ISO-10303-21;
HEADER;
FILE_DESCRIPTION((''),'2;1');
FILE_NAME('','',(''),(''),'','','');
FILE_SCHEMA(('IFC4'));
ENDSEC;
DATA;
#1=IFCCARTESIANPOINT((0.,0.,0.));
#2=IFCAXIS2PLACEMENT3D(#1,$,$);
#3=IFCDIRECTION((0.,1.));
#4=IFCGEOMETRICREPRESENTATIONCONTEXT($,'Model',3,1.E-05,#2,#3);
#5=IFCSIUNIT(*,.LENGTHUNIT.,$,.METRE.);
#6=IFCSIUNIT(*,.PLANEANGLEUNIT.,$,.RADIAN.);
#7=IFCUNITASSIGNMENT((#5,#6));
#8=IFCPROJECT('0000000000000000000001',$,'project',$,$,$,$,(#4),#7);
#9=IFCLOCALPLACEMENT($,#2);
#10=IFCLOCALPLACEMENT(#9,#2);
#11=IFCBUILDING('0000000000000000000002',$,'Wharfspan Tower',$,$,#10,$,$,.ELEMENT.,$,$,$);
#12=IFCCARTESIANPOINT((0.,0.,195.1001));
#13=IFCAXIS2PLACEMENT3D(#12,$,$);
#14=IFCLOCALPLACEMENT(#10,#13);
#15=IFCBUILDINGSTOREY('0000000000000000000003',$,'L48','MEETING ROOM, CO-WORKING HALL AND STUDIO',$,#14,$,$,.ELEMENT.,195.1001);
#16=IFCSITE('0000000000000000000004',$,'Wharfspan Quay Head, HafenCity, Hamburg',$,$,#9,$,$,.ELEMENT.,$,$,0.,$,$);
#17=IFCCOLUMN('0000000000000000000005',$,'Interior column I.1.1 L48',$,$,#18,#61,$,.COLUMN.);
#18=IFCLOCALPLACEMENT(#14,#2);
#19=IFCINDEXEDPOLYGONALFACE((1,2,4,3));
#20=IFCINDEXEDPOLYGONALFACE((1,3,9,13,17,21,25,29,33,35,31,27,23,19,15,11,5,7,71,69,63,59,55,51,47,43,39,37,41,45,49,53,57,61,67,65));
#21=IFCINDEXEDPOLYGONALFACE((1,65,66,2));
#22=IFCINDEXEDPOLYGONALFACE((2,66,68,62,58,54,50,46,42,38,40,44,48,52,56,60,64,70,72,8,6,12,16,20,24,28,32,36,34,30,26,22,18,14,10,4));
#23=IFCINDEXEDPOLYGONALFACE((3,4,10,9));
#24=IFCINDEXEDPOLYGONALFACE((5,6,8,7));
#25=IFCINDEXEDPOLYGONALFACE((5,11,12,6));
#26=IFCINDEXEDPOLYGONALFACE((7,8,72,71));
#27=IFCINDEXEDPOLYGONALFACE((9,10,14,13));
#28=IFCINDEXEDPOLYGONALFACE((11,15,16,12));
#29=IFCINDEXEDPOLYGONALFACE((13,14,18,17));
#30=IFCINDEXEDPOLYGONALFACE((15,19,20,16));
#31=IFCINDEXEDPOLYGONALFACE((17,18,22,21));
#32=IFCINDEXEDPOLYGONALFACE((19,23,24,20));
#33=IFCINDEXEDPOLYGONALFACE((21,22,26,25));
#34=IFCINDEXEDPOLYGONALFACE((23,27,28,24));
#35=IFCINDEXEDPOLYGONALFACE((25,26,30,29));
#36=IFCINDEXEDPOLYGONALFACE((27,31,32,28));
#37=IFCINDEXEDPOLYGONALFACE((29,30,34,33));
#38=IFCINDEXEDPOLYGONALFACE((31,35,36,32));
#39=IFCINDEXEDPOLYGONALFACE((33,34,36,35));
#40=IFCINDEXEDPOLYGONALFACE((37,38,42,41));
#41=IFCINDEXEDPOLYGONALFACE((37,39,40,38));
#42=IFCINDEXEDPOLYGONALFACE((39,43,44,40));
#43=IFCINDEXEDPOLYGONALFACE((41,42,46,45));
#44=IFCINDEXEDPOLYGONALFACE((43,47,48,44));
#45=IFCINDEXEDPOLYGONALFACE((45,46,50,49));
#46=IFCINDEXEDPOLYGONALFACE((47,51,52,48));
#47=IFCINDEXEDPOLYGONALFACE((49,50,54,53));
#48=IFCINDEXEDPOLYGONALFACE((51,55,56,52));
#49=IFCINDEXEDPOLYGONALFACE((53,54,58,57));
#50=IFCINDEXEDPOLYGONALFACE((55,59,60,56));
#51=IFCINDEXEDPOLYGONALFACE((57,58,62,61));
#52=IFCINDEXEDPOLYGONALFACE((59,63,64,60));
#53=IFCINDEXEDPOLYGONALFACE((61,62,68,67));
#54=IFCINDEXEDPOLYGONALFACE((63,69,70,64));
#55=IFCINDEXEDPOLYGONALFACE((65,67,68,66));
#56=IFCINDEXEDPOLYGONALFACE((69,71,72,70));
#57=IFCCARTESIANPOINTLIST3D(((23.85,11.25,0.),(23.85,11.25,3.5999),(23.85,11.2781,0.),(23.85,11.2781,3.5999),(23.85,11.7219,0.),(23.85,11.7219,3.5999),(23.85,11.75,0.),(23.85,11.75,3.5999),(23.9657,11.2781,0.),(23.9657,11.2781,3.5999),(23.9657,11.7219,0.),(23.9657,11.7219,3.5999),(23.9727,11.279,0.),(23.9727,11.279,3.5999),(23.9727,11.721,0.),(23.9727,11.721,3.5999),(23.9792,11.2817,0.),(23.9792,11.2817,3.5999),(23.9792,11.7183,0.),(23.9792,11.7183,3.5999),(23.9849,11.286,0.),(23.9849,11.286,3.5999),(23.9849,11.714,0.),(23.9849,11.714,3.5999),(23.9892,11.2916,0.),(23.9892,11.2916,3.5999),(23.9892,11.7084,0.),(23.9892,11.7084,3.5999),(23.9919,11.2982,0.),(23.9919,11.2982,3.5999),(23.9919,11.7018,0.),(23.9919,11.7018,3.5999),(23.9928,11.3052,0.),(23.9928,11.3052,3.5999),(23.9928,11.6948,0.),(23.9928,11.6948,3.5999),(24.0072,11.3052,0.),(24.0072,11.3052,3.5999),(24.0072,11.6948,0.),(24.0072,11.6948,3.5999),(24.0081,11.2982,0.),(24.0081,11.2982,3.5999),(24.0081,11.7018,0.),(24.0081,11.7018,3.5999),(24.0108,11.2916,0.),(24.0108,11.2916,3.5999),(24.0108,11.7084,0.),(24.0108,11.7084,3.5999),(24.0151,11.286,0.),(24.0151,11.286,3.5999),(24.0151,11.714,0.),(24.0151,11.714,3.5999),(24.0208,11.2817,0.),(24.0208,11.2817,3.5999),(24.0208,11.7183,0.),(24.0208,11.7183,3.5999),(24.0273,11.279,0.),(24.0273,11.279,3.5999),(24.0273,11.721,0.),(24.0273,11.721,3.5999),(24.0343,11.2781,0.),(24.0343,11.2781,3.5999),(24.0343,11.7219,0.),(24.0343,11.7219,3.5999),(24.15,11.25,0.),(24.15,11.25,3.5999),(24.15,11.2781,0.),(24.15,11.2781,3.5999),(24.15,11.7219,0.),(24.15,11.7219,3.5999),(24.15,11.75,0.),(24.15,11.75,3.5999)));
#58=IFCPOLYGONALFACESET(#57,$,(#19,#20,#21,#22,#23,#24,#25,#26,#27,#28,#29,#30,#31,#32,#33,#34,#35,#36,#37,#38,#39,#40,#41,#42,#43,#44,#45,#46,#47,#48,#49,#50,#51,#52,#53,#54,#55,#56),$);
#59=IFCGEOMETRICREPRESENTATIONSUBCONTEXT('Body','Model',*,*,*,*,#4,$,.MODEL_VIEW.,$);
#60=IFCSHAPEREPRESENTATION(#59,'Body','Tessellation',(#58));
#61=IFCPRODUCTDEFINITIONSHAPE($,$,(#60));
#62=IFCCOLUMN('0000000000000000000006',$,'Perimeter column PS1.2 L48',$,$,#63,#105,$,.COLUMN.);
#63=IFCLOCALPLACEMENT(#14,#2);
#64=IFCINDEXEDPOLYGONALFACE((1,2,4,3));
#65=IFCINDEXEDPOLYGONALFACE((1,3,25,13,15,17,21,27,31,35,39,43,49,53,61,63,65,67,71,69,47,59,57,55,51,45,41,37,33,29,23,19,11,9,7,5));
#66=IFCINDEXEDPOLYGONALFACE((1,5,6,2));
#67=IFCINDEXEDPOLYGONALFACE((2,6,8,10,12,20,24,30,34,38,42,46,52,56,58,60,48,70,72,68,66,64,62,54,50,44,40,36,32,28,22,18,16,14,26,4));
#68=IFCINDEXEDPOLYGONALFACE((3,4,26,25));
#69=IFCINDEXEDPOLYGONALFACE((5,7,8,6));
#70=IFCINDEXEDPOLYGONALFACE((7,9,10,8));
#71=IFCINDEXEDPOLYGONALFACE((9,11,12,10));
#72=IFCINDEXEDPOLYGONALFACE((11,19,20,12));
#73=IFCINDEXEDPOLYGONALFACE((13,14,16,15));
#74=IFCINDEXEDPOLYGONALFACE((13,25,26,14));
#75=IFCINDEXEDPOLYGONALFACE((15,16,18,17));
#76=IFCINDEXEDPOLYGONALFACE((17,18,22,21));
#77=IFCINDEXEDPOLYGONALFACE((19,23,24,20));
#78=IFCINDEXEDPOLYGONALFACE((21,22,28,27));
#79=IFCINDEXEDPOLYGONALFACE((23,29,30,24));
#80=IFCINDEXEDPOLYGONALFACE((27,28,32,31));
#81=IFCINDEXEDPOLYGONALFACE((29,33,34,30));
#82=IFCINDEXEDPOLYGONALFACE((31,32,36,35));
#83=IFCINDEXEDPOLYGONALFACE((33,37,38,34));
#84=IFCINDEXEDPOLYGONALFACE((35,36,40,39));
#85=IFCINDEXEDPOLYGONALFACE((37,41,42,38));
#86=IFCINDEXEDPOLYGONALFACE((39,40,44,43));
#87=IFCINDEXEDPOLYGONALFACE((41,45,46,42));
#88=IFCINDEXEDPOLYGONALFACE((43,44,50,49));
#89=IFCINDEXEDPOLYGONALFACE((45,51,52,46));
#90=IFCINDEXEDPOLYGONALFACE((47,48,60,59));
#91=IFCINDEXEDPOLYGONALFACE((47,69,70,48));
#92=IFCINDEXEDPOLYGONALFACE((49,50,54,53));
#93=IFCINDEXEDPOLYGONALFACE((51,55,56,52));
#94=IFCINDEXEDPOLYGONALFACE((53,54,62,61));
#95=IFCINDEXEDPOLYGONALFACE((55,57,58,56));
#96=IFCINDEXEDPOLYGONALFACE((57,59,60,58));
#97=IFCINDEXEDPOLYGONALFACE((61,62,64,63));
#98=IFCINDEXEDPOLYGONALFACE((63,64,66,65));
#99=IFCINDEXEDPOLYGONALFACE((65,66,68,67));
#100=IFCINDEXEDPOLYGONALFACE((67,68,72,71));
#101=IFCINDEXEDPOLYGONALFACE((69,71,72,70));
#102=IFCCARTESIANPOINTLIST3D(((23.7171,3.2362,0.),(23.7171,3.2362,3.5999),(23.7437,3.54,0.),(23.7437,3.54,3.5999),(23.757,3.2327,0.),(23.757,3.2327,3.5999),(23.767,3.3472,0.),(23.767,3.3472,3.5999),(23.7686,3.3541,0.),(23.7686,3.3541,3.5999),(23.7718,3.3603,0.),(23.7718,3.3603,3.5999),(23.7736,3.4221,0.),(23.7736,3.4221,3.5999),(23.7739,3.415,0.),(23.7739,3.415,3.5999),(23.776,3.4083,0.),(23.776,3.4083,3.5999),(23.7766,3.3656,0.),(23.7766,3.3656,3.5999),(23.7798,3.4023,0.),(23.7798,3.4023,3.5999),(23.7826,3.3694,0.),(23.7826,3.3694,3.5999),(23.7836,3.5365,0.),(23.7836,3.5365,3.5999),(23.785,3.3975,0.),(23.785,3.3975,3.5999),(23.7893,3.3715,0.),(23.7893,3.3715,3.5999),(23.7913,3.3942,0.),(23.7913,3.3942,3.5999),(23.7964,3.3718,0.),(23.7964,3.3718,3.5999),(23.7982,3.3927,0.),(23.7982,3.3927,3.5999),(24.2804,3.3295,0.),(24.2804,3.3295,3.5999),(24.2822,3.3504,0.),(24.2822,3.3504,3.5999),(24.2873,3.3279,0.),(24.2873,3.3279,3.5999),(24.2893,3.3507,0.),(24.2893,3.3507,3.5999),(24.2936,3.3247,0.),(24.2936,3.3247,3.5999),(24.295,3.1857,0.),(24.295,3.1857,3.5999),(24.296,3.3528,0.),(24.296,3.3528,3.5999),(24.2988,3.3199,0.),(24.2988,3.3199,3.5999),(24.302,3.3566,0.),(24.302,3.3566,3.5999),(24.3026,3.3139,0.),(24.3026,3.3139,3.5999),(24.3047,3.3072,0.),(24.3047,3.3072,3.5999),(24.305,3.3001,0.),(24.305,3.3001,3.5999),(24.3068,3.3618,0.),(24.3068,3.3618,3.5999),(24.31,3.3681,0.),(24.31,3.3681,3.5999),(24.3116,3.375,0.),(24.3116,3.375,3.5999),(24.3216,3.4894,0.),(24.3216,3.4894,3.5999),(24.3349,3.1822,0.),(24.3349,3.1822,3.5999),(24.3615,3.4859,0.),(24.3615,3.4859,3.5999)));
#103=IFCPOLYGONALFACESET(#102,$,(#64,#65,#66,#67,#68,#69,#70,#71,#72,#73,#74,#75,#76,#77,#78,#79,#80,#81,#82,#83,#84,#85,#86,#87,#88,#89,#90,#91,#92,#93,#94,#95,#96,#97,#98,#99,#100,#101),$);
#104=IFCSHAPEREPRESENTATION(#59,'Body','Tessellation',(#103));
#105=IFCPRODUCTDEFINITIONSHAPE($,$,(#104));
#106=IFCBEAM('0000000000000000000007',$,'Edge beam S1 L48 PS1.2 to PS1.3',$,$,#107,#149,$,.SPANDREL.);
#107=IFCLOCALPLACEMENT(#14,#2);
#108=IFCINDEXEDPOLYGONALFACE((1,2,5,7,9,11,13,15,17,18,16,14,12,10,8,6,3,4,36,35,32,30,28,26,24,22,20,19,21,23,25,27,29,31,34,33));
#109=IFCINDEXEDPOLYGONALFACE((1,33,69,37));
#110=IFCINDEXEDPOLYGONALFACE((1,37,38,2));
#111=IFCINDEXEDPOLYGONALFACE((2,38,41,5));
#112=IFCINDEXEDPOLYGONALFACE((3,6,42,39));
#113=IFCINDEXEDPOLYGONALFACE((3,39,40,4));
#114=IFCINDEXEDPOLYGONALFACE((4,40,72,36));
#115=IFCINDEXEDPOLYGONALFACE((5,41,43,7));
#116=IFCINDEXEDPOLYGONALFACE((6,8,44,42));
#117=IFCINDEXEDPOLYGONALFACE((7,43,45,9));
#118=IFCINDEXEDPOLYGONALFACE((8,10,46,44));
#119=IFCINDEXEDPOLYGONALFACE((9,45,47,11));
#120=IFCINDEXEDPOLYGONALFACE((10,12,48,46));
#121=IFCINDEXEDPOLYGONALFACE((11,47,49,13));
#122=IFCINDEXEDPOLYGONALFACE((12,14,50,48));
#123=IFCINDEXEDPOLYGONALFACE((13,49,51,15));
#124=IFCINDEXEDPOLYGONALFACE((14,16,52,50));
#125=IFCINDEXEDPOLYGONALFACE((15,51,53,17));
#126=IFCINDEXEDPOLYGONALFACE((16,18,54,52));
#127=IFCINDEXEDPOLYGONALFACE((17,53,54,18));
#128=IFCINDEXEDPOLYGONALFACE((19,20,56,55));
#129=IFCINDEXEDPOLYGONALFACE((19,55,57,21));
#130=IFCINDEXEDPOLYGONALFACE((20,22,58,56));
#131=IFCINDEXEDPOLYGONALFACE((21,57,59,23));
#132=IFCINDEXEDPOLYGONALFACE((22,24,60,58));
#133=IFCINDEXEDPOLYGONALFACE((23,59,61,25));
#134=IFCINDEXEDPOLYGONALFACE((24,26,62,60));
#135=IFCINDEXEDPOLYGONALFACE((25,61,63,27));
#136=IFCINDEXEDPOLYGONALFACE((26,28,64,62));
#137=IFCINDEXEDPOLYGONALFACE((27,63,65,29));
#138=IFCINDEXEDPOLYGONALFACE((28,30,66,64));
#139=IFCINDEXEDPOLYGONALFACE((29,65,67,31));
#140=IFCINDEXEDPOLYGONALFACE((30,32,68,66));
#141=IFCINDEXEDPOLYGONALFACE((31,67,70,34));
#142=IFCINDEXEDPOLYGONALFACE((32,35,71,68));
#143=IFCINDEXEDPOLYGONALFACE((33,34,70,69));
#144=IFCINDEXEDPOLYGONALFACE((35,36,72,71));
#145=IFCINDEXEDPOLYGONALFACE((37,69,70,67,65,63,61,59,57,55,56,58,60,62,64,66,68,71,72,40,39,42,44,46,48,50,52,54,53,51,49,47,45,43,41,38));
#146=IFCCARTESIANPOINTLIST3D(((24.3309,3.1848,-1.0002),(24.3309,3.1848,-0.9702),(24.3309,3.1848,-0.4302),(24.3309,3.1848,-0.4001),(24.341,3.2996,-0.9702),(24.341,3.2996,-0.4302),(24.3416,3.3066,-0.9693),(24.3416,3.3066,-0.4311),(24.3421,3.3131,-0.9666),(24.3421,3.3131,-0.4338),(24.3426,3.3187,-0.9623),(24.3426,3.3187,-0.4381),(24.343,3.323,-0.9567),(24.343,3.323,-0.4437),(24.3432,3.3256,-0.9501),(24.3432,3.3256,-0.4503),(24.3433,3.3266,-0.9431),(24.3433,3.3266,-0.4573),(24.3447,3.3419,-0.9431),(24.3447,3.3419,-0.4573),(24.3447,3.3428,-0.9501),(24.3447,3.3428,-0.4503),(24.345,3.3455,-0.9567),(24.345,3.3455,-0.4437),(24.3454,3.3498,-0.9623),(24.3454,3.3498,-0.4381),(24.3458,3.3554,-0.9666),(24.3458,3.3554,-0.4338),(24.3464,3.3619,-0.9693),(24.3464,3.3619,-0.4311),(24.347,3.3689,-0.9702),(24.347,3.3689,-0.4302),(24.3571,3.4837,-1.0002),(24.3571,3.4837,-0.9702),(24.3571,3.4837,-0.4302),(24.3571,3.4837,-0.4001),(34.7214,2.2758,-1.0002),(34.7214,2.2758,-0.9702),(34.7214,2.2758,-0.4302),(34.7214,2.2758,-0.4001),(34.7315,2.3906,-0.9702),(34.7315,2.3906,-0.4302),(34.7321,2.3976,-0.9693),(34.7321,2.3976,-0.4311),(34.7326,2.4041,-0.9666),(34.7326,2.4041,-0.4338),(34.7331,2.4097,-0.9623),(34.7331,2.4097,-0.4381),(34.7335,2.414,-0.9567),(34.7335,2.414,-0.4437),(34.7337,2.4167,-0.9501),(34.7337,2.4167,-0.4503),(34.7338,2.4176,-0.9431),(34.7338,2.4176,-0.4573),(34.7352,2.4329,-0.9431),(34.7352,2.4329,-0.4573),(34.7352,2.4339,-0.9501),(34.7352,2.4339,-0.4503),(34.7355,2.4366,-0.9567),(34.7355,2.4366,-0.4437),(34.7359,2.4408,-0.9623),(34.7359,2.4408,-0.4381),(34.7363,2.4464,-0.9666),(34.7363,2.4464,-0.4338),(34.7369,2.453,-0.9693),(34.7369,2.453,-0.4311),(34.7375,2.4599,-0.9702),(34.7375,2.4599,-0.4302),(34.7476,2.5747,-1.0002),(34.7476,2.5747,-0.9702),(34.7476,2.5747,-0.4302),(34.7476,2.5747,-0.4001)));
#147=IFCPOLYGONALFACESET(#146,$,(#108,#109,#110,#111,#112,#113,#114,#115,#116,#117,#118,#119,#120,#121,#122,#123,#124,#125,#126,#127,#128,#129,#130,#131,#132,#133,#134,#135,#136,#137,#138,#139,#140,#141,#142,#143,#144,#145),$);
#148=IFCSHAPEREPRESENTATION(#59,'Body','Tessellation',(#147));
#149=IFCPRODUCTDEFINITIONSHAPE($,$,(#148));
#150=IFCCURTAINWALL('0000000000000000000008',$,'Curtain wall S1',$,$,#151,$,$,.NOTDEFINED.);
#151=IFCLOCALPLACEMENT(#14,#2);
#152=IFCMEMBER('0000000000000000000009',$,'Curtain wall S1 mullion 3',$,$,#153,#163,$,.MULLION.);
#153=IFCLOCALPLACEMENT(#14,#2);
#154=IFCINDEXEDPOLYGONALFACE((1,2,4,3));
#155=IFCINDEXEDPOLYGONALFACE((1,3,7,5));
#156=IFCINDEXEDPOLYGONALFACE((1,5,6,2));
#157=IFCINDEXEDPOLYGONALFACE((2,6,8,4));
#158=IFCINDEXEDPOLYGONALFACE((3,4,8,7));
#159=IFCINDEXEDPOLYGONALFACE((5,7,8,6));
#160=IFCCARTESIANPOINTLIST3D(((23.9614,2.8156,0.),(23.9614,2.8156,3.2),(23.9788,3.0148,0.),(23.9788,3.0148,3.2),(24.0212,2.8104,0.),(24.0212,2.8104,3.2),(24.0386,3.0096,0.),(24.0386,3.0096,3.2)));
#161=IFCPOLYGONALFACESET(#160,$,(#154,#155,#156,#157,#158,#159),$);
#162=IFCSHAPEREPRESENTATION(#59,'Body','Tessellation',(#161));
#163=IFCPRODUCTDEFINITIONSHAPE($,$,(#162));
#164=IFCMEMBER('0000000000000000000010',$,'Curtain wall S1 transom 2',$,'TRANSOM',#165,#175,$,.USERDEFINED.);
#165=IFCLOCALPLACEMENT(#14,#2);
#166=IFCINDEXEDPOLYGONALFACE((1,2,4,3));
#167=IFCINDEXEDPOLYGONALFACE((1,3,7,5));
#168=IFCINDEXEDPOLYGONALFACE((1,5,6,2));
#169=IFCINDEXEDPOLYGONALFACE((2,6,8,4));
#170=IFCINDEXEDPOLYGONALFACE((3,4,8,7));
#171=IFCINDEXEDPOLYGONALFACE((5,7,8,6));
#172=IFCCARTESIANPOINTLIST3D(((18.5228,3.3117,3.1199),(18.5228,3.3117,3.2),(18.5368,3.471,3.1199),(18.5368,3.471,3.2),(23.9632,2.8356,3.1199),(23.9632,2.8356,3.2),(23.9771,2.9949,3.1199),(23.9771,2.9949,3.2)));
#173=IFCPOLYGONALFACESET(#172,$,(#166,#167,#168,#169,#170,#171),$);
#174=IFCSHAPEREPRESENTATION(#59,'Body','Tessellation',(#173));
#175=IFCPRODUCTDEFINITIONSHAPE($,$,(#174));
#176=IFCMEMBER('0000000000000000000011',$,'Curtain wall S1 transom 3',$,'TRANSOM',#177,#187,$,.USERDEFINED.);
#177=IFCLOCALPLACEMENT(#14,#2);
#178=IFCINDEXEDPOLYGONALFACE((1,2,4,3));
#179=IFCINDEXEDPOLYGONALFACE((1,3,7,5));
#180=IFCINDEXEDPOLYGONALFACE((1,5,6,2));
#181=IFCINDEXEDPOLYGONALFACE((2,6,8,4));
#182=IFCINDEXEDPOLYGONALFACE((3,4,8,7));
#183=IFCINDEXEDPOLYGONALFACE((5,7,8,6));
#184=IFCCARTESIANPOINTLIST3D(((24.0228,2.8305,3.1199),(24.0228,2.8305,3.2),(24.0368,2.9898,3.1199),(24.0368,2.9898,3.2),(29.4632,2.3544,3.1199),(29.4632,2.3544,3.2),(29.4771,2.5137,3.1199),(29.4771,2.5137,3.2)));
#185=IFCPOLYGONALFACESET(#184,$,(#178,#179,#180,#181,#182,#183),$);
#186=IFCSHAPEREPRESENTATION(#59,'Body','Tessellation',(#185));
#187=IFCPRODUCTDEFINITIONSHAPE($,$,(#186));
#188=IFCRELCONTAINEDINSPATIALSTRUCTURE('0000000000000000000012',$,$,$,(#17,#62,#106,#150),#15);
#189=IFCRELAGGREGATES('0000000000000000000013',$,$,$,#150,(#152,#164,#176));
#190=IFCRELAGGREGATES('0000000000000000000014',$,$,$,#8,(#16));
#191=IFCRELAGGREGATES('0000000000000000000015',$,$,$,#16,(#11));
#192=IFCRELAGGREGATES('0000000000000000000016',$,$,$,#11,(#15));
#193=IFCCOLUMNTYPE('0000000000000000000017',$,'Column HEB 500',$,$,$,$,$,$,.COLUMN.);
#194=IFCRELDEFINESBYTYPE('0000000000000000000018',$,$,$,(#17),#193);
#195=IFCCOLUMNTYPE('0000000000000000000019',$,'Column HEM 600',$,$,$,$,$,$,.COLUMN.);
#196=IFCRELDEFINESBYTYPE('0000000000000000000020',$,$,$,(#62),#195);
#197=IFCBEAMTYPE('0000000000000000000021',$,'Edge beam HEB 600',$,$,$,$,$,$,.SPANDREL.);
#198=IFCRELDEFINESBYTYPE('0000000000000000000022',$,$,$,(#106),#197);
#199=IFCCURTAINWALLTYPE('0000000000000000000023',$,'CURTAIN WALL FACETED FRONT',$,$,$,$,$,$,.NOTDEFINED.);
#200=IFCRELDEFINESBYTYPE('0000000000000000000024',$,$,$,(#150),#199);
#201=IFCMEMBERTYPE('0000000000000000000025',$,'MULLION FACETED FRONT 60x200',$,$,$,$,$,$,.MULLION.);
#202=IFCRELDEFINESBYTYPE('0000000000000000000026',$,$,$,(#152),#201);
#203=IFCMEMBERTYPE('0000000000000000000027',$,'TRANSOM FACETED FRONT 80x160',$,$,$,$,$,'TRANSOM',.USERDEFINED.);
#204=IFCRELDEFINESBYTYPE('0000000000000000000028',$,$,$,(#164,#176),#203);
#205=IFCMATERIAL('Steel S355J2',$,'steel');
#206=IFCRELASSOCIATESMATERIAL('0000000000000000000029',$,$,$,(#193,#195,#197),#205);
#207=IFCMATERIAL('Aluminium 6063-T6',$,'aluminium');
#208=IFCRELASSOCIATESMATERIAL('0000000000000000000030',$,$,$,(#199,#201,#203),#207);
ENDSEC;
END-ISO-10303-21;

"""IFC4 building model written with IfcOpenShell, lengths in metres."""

from ifc_helpers import new_model, si_unit, direction, frame, origin, origin_2d, place, context, subcontext, project, spatial, rectangle, i_section, extrude, material, material_profile, profile_set, type_object, element, aggregate, save


model = new_model("IFC4")

# Units and contexts
model_context = context("Model", 3, precision=1e-05, world=origin(), true_north=direction((0.0, 1.0)))
body_context = subcontext(model_context, "Body", "Model", "MODEL_VIEW")
ifc_project = project(units=[si_unit("LENGTHUNIT", "METRE"), si_unit("PLANEANGLEUNIT", "RADIAN")], contexts=[model_context])

# Site, building, storey
site_placement = place(None, origin())
site = spatial("IfcSite", under=ifc_project, at=site_placement, Name="Wharfspan Quay Head, HafenCity, Hamburg", CompositionType="ELEMENT", RefElevation=0.0)
building_placement = place(site_placement, origin())
building = spatial("IfcBuilding", under=site, at=building_placement, Name="Wharfspan Tower", CompositionType="ELEMENT")
storey_placement = place(building_placement, frame((0.0, 0.0, 195.1001)))
storey = spatial("IfcBuildingStorey", under=building, at=storey_placement, Name="L48", Description="MEETING ROOM, CO-WORKING HALL AND STUDIO", CompositionType="ELEMENT", Elevation=195.1001)

# Columns
ifc_material_1 = material(Name="Steel S355J2", Category="steel")
ifc_material_profile_1 = material_profile(ifc_material_1, i_section(OverallWidth=0.3, OverallDepth=0.5, WebThickness=0.0144, FlangeThickness=0.0281, FilletRadius=0.0271, at=origin_2d()))
ifc_profile_set_1 = profile_set([ifc_material_profile_1], Name="Steel S355J2")
column_type_1 = type_object("IfcColumnType", Name="Column HEB 500", PredefinedType="COLUMN", material=ifc_profile_set_1)
column_1_placement = place(storey_placement, frame((24.0, 11.5, 0.0), z_axis=(0.0, 0.0, 1.0), x_axis=(1.0, 0.0, 0.0)))
element("IfcColumn", 1, at=column_1_placement, inside=storey, type_object=column_type_1, Name="Interior column I.1.1 L48", PredefinedType="COLUMN", context=body_context, shape_type="SweptSolid", body=[
    extrude(i_section(OverallWidth=0.3, OverallDepth=0.5, WebThickness=0.0144, FlangeThickness=0.0281, FilletRadius=0.0271, at=origin_2d()), origin(), (0.0, 0.0, 1.0), 3.5999),
])
ifc_material_profile_2 = material_profile(ifc_material_1, i_section(OverallWidth=0.3049, OverallDepth=0.6201, WebThickness=0.021, FlangeThickness=0.04, FilletRadius=0.0271, at=origin_2d()))
ifc_profile_set_2 = profile_set([ifc_material_profile_2], Name="Steel S355J2")
column_type_2 = type_object("IfcColumnType", Name="Column HEM 600", PredefinedType="COLUMN", material=ifc_profile_set_2)
column_2_placement = place(storey_placement, frame((24.0393, 3.3611, 0.0), z_axis=(0.0, 0.0, 1.0), x_axis=(-0.087156, -0.996198, 0.0)))
element("IfcColumn", 2, at=column_2_placement, inside=storey, type_object=column_type_2, Name="Perimeter column PS1.2 L48", PredefinedType="COLUMN", context=body_context, shape_type="SweptSolid", body=[
    extrude(i_section(OverallWidth=0.3049, OverallDepth=0.6201, WebThickness=0.021, FlangeThickness=0.04, FilletRadius=0.0271, at=origin_2d()), origin(), (0.0, 0.0, 1.0), 3.5999),
])

# Beam
ifc_material_profile_3 = material_profile(ifc_material_1, i_section(OverallWidth=0.3, OverallDepth=0.6001, WebThickness=0.0154, FlangeThickness=0.03, FilletRadius=0.0271, at=origin_2d()))
ifc_profile_set_3 = profile_set([ifc_material_profile_3], Name="Steel S355J2")
beam_type = type_object("IfcBeamType", Name="Edge beam HEB 600", PredefinedType="SPANDREL", material=ifc_profile_set_3)
beam_placement = place(storey_placement, frame((24.344, 3.3342, -0.7002), z_axis=(0.996196, -0.087146, 0.0), x_axis=(0.087146, 0.996196, 0.0)))
element("IfcBeam", 3, at=beam_placement, inside=storey, type_object=beam_type, Name="Edge beam S1 L48 PS1.2 to PS1.3", PredefinedType="SPANDREL", context=body_context, shape_type="SweptSolid", body=[
    extrude(i_section(OverallWidth=0.3, OverallDepth=0.6001, WebThickness=0.0154, FlangeThickness=0.03, FilletRadius=0.0271, at=origin_2d()), origin(), (0.0, 0.0, 1.0), 10.4302),
])

# Curtain wall, members
ifc_material_2 = material(Name="Aluminium 6063-T6", Category="aluminium")
curtain_wall_type = type_object("IfcCurtainWallType", Name="CURTAIN WALL FACETED FRONT", PredefinedType="NOTDEFINED", material=ifc_material_2)
curtain_wall_placement = place(storey_placement, origin())
curtain_wall = element("IfcCurtainWall", 4, at=curtain_wall_placement, inside=storey, type_object=curtain_wall_type, Name="Curtain wall S1", PredefinedType="NOTDEFINED")
ifc_material_profile_4 = material_profile(ifc_material_2, rectangle(XDim=0.2, YDim=0.0601, at=origin_2d()))
ifc_profile_set_4 = profile_set([ifc_material_profile_4], Name="Aluminium 6063-T6")
member_type_1 = type_object("IfcMemberType", Name="MULLION FACETED FRONT 60x200", PredefinedType="MULLION", material=ifc_profile_set_4)
member_1_placement = place(storey_placement, frame((24.0, 2.9126, 0.0), z_axis=(0.0, 0.0, 1.0), x_axis=(0.087156, 0.996198, 0.0)))
member_1 = element("IfcMember", 5, at=member_1_placement, type_object=member_type_1, Name="Curtain wall S1 mullion 3", PredefinedType="MULLION", context=body_context, shape_type="SweptSolid", body=[
    extrude(rectangle(XDim=0.2, YDim=0.0601, at=origin_2d()), origin(), (0.0, 0.0, 1.0), 3.2),
])
ifc_material_profile_5 = material_profile(ifc_material_2, rectangle(XDim=0.1599, YDim=0.0801, at=origin_2d()))
ifc_profile_set_5 = profile_set([ifc_material_profile_5], Name="Aluminium 6063-T6")
member_type_2 = type_object("IfcMemberType", Name="TRANSOM FACETED FRONT 80x160", ElementType="TRANSOM", PredefinedType="USERDEFINED", material=ifc_profile_set_5)
member_2_placement = place(storey_placement, frame((18.5298, 3.3914, 3.1599), z_axis=(0.996193, -0.087174, 0.0), x_axis=(0.087174, 0.996193, 0.0)))
member_2 = element("IfcMember", 6, at=member_2_placement, type_object=member_type_2, Name="Curtain wall S1 transom 2", ObjectType="TRANSOM", PredefinedType="USERDEFINED", context=body_context, shape_type="SweptSolid", body=[
    extrude(rectangle(XDim=0.1599, YDim=0.0801, at=origin_2d()), origin(), (0.0, 0.0, 1.0), 5.4612),
])
member_3_placement = place(storey_placement, frame((24.0298, 2.9102, 3.1599), z_axis=(0.996193, -0.087174, 0.0), x_axis=(0.087174, 0.996193, 0.0)))
member_3 = element("IfcMember", 7, at=member_3_placement, type_object=member_type_2, Name="Curtain wall S1 transom 3", ObjectType="TRANSOM", PredefinedType="USERDEFINED", context=body_context, shape_type="SweptSolid", body=[
    extrude(rectangle(XDim=0.1599, YDim=0.0801, at=origin_2d()), origin(), (0.0, 0.0, 1.0), 5.4612),
])
aggregate(curtain_wall, [member_1, member_2, member_3])

save(model, "model.ifc")
